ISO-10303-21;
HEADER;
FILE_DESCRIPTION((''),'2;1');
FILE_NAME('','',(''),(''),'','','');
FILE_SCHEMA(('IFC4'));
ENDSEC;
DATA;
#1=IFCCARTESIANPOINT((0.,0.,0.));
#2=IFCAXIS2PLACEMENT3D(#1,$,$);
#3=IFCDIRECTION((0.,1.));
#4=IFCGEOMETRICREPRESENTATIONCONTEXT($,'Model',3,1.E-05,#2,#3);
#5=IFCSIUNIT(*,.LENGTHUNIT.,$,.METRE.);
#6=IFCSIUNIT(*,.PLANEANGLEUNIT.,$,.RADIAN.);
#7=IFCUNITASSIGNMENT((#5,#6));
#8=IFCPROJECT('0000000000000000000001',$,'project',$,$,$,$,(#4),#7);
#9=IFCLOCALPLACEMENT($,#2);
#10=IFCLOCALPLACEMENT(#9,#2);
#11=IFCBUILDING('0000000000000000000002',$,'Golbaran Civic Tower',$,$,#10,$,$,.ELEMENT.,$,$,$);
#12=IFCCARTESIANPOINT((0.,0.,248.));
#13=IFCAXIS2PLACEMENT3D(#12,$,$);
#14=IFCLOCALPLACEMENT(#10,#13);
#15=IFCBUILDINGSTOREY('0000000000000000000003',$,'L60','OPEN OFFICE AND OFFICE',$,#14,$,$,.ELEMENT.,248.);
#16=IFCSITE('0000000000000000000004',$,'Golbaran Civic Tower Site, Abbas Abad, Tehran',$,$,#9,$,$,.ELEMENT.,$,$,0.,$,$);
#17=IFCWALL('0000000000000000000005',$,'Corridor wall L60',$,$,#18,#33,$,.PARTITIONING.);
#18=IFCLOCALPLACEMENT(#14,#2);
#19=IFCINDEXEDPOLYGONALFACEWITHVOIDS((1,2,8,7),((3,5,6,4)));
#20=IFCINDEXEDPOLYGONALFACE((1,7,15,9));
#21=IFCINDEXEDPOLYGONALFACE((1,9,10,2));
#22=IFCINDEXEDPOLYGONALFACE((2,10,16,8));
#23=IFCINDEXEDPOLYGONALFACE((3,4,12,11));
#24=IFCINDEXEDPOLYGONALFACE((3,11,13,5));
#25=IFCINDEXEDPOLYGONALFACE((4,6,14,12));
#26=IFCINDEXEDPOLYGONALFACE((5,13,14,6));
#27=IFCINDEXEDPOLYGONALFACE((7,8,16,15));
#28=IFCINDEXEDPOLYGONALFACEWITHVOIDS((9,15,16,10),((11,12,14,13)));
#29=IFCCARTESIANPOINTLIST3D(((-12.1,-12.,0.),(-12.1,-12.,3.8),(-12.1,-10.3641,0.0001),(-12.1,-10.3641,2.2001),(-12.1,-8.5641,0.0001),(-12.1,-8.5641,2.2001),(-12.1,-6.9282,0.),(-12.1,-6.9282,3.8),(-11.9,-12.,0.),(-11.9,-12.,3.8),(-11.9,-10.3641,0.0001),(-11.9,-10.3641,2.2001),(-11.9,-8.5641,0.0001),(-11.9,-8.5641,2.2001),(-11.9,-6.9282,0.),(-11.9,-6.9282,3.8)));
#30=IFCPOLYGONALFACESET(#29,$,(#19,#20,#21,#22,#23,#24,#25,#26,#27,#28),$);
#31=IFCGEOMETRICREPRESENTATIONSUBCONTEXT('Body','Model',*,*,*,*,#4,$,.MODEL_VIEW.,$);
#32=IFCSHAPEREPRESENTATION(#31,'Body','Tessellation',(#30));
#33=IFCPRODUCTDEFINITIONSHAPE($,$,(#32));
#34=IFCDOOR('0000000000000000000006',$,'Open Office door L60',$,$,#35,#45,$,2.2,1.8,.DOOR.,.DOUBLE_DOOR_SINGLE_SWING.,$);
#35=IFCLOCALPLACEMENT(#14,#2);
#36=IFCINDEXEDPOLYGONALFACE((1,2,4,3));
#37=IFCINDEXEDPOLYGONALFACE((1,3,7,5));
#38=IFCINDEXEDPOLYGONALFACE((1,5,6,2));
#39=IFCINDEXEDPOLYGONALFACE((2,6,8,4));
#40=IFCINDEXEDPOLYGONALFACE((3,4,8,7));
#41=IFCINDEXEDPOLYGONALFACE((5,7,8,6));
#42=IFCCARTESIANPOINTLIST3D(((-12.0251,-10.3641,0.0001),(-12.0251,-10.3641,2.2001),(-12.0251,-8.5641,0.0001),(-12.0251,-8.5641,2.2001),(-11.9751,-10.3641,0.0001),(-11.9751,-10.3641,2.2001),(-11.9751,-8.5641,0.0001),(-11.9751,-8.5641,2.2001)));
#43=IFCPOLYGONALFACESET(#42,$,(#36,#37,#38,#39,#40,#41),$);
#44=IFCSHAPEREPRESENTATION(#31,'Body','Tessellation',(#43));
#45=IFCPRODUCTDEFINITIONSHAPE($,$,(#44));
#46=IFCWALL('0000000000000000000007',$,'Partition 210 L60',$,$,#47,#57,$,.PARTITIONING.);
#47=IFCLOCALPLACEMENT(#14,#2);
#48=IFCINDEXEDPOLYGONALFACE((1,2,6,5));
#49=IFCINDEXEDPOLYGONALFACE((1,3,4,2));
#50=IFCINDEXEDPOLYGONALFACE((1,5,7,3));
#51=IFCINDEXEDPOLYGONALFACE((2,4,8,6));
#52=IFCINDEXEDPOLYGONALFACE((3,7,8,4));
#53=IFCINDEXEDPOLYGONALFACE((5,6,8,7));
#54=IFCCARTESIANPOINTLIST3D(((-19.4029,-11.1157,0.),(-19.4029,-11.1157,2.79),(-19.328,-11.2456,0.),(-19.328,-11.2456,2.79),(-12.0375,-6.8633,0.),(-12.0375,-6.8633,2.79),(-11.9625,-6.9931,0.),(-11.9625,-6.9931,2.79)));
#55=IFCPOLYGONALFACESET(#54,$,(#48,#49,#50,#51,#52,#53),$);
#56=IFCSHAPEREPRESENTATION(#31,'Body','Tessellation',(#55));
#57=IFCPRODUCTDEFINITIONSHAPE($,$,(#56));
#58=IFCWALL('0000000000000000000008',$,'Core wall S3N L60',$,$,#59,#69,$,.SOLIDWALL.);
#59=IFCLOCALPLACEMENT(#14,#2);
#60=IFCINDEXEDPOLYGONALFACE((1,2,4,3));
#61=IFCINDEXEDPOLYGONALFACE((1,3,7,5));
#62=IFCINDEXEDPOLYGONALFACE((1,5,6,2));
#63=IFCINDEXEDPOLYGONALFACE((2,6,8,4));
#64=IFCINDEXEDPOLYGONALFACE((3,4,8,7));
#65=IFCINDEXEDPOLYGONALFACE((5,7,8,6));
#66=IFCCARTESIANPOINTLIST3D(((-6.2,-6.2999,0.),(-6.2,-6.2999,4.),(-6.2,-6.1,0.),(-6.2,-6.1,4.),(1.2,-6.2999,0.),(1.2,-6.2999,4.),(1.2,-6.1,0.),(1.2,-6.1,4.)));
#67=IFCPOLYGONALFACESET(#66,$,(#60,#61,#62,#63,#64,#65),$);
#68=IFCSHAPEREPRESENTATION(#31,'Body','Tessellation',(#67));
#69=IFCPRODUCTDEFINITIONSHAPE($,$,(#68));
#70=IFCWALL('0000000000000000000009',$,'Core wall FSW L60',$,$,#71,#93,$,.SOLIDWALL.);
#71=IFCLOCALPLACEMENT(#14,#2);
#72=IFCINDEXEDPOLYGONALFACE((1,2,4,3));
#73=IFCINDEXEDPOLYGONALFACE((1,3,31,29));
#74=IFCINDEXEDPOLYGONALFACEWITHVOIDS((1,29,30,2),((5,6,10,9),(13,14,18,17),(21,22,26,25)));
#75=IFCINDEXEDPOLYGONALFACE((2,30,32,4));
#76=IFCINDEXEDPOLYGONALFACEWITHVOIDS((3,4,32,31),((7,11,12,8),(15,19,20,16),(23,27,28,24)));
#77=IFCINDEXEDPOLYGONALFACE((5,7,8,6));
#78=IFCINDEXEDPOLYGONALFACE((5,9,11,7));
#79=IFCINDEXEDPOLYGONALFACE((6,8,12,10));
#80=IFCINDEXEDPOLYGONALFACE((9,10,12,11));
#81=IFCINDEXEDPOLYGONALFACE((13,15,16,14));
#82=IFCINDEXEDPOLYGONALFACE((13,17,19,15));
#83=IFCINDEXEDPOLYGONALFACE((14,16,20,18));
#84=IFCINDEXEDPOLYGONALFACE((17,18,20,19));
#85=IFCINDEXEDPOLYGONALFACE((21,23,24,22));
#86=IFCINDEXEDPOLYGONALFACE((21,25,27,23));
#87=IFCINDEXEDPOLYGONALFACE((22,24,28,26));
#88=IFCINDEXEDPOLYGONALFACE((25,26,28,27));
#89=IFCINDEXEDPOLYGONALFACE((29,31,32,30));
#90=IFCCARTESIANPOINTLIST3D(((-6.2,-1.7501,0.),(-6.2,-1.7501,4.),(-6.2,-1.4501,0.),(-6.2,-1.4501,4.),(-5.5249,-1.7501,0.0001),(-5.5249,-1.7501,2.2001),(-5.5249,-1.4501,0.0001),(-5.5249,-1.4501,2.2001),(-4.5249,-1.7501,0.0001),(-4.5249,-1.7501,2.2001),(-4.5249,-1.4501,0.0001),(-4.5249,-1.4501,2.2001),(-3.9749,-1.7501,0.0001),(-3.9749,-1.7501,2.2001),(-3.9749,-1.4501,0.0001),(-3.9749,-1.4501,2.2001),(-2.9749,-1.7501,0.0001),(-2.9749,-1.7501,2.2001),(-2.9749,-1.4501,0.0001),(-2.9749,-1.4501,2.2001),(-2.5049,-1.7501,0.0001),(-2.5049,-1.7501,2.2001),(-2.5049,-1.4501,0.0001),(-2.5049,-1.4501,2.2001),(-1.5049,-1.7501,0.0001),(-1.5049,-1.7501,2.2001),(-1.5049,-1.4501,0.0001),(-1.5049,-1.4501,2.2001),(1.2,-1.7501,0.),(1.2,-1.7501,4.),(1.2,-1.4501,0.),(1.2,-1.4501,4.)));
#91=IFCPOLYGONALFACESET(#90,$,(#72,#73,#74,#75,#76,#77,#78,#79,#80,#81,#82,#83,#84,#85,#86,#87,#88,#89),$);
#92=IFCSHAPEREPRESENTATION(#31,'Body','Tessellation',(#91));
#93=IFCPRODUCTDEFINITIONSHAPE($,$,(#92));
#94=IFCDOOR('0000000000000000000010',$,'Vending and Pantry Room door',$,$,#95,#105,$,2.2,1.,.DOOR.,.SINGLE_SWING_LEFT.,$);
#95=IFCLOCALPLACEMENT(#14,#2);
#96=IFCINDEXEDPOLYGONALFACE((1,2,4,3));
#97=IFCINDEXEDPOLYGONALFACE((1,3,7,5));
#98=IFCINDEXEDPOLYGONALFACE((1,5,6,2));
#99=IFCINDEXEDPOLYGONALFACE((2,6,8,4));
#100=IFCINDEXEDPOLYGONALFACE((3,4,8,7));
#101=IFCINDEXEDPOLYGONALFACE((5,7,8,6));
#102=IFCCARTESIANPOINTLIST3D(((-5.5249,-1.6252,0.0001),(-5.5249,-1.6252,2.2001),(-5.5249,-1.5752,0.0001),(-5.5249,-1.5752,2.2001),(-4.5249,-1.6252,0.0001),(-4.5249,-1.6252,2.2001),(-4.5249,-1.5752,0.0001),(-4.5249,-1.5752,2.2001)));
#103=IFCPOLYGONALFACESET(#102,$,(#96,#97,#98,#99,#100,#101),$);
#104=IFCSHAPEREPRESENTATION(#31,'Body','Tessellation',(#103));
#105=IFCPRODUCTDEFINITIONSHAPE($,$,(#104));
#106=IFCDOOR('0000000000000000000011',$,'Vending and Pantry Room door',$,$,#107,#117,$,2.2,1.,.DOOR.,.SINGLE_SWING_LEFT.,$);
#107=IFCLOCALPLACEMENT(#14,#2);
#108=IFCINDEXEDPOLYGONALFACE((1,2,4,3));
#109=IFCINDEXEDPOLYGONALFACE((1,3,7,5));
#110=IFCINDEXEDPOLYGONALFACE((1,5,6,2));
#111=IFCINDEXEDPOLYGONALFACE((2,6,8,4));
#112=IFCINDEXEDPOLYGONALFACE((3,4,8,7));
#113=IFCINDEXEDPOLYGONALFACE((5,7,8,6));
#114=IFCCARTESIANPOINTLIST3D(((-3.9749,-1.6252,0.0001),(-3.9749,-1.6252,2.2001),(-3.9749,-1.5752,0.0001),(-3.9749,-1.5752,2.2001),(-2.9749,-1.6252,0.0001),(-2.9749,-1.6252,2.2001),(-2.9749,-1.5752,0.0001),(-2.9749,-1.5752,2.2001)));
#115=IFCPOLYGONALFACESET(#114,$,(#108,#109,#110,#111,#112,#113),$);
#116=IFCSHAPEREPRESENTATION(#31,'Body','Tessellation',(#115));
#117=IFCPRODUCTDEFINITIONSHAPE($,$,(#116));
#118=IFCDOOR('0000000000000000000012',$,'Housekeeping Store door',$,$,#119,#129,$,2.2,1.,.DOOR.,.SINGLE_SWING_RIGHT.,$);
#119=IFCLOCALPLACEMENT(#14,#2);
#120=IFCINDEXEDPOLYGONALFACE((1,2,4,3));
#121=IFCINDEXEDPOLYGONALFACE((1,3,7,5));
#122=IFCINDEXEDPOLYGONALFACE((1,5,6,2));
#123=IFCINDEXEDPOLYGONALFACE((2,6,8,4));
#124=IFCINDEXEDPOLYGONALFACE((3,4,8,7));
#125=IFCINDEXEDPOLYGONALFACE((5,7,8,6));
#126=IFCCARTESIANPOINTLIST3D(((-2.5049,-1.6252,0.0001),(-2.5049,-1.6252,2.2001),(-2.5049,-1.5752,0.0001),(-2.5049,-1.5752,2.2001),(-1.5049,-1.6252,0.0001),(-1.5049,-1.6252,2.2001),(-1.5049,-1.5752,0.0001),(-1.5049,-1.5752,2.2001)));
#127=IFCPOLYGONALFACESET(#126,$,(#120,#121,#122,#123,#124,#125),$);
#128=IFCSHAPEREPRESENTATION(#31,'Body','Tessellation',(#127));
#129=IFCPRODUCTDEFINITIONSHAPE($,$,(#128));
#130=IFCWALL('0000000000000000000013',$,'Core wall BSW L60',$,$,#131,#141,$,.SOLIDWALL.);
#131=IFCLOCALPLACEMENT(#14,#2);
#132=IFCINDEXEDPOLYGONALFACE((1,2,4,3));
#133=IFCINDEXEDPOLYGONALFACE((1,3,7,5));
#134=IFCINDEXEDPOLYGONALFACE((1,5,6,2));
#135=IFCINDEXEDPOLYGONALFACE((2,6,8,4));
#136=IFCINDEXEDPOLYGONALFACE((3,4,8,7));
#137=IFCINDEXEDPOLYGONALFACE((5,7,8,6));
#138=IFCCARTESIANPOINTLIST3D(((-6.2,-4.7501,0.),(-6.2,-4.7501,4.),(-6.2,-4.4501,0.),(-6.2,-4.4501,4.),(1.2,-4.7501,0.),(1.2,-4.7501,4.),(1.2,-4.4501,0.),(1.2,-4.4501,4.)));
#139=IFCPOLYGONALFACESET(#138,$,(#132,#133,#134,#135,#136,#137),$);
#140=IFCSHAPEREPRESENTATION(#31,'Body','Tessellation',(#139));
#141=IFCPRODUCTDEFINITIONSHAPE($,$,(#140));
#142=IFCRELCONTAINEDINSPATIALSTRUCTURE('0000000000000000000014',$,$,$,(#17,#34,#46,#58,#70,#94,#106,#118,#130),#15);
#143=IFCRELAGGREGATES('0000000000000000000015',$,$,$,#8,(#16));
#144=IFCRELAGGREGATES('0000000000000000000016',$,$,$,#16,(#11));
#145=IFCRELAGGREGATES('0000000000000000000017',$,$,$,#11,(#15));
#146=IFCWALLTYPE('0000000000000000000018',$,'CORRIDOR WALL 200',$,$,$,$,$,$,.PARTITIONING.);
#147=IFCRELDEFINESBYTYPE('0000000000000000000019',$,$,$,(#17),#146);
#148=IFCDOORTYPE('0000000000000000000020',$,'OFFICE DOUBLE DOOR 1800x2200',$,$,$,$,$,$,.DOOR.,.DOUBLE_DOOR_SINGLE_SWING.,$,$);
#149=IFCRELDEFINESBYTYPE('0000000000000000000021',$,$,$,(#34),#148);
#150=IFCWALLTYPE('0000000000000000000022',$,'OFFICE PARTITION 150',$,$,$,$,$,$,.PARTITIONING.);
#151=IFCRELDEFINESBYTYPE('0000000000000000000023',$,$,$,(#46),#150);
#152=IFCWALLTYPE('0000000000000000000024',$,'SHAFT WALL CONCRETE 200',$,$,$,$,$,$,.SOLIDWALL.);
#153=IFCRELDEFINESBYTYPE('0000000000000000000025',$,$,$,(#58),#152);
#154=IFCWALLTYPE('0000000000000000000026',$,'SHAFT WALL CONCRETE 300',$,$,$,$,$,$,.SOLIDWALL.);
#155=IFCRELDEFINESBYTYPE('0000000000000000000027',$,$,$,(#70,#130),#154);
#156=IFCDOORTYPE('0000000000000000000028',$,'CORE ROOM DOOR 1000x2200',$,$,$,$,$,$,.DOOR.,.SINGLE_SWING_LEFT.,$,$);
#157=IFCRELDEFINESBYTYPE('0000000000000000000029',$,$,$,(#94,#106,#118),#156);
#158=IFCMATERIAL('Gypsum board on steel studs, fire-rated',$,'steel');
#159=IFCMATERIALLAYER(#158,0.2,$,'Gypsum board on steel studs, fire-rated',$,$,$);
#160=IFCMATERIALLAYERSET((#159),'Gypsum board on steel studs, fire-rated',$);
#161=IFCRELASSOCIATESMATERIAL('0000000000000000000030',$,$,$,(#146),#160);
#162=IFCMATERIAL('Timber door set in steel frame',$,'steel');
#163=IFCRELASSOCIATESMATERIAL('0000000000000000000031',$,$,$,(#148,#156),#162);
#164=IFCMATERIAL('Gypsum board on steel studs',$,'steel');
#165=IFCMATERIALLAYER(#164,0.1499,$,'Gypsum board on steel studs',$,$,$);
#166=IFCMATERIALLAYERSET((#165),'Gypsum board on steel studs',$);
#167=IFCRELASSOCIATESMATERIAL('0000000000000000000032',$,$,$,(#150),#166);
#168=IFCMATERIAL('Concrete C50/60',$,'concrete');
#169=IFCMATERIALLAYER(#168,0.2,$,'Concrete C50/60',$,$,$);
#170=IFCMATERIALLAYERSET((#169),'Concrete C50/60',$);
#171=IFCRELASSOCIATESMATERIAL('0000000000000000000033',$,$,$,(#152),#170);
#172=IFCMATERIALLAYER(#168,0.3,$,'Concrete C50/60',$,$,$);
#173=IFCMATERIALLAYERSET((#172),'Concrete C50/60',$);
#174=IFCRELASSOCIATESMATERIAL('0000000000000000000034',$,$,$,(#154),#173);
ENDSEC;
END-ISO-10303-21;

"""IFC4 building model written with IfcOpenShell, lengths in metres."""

from ifc_helpers import new_model, si_unit, direction, frame, frame_2d, origin, place, context, subcontext, project, spatial, rectangle, extrude, material, layer, layer_set, type_object, element, fill, save


model = new_model("IFC4")

# Units and contexts
model_context = context("Model", 3, precision=1e-05, world=origin(), true_north=direction((0.0, 1.0)))
body_context = subcontext(model_context, "Body", "Model", "MODEL_VIEW")
ifc_project = project(units=[si_unit("LENGTHUNIT", "METRE"), si_unit("PLANEANGLEUNIT", "RADIAN")], contexts=[model_context])

# Site, building, storey
site_placement = place(None, origin())
site = spatial("IfcSite", under=ifc_project, at=site_placement, Name="Golbaran Civic Tower Site, Abbas Abad, Tehran", CompositionType="ELEMENT", RefElevation=0.0)
building_placement = place(site_placement, origin())
building = spatial("IfcBuilding", under=site, at=building_placement, Name="Golbaran Civic Tower", CompositionType="ELEMENT")
storey_placement = place(building_placement, frame((0.0, 0.0, 248.0)))
storey = spatial("IfcBuildingStorey", under=building, at=storey_placement, Name="L60", Description="OPEN OFFICE AND OFFICE", CompositionType="ELEMENT", Elevation=248.0)

# Wall, opening, door
ifc_material_1 = material(Name="Gypsum board on steel studs, fire-rated", Category="steel")
ifc_layer_1 = layer(ifc_material_1, 0.2, Name="Gypsum board on steel studs, fire-rated")
ifc_layer_set_1 = layer_set([ifc_layer_1], Name="Gypsum board on steel studs, fire-rated")
wall_type_1 = type_object("IfcWallType", Name="CORRIDOR WALL 200", PredefinedType="PARTITIONING", material=ifc_layer_set_1)
wall_1_placement = place(storey_placement, frame((-12.0, -6.9282, 0.0), z_axis=(0.0, 0.0, 1.0), x_axis=(0.0, -1.0, 0.0)))
wall_1 = element("IfcWall", 1, at=wall_1_placement, inside=storey, type_object=wall_type_1, Name="Corridor wall L60", PredefinedType="PARTITIONING", context=body_context, shape_type="SweptSolid", body=[
    extrude(rectangle(XDim=5.0718, YDim=0.2, at=frame_2d((2.5359, 0.0))), origin(), (0.0, 0.0, 1.0), 3.8),
])
opening_1_placement = place(wall_1_placement, frame((1.636, 0.0, 0.0)))
opening_1 = element("IfcOpeningElement", 2, at=opening_1_placement, cuts=wall_1, PredefinedType="OPENING", context=body_context, shape_type="SweptSolid", body=[
    extrude(rectangle(XDim=1.8, YDim=2.2, at=frame_2d((0.8999, 1.1001))), frame((0.0, 0.1099, 0.0), z_axis=(0.0, -1.0, 0.0), x_axis=(1.0, 0.0, 0.0)), (0.0, 0.0, 1.0), 0.22),
])
ifc_material_2 = material(Name="Timber door set in steel frame", Category="steel")
door_type_1 = type_object("IfcDoorType", Name="OFFICE DOUBLE DOOR 1800x2200", OperationType="DOUBLE_DOOR_SINGLE_SWING", PredefinedType="DOOR", material=ifc_material_2)
door_1_placement = place(opening_1_placement, origin())
door_1 = element("IfcDoor", 3, at=door_1_placement, inside=storey, type_object=door_type_1, Name="Open Office door L60", OperationType="DOUBLE_DOOR_SINGLE_SWING", OverallHeight=2.2, OverallWidth=1.8, PredefinedType="DOOR", context=body_context, shape_type="SweptSolid", body=[
    extrude(rectangle(XDim=1.8, YDim=2.2, at=frame_2d((0.8999, 1.1001))), frame((0.0, 0.0249, 0.0), z_axis=(0.0, -1.0, 0.0), x_axis=(1.0, 0.0, 0.0)), (0.0, 0.0, 1.0), 0.05),
])
fill(opening_1, door_1)

# Walls
ifc_material_3 = material(Name="Gypsum board on steel studs", Category="steel")
ifc_layer_2 = layer(ifc_material_3, 0.1499, Name="Gypsum board on steel studs")
ifc_layer_set_2 = layer_set([ifc_layer_2], Name="Gypsum board on steel studs")
wall_type_2 = type_object("IfcWallType", Name="OFFICE PARTITION 150", PredefinedType="PARTITIONING", material=ifc_layer_set_2)
wall_2_placement = place(storey_placement, frame((-12.0, -6.9282, 0.0), z_axis=(0.0, 0.0, 1.0), x_axis=(-0.866026, -0.499998, 0.0)))
element("IfcWall", 4, at=wall_2_placement, inside=storey, type_object=wall_type_2, Name="Partition 210 L60", PredefinedType="PARTITIONING", context=body_context, shape_type="SweptSolid", body=[
    extrude(rectangle(XDim=8.5049, YDim=0.1499, at=frame_2d((4.2524, 0.0))), origin(), (0.0, 0.0, 1.0), 2.79),
])
ifc_material_4 = material(Name="Concrete C50/60", Category="concrete")
ifc_layer_3 = layer(ifc_material_4, 0.2, Name="Concrete C50/60")
ifc_layer_set_3 = layer_set([ifc_layer_3], Name="Concrete C50/60")
wall_type_3 = type_object("IfcWallType", Name="SHAFT WALL CONCRETE 200", PredefinedType="SOLIDWALL", material=ifc_layer_set_3)
wall_3_placement = place(storey_placement, frame((-6.2, -6.2, 0.0), z_axis=(0.0, 0.0, 1.0), x_axis=(1.0, 0.0, 0.0)))
element("IfcWall", 5, at=wall_3_placement, inside=storey, type_object=wall_type_3, Name="Core wall S3N L60", PredefinedType="SOLIDWALL", context=body_context, shape_type="SweptSolid", body=[
    extrude(rectangle(XDim=7.3999, YDim=0.2, at=frame_2d((3.7, 0.0))), origin(), (0.0, 0.0, 1.0), 4.0),
])

# Wall, openings, doors
ifc_layer_4 = layer(ifc_material_4, 0.3, Name="Concrete C50/60")
ifc_layer_set_4 = layer_set([ifc_layer_4], Name="Concrete C50/60")
wall_type_4 = type_object("IfcWallType", Name="SHAFT WALL CONCRETE 300", PredefinedType="SOLIDWALL", material=ifc_layer_set_4)
wall_4_placement = place(storey_placement, frame((-6.2, -1.6001, 0.0), z_axis=(0.0, 0.0, 1.0), x_axis=(1.0, 0.0, 0.0)))
wall_4 = element("IfcWall", 6, at=wall_4_placement, inside=storey, type_object=wall_type_4, Name="Core wall FSW L60", PredefinedType="SOLIDWALL", context=body_context, shape_type="SweptSolid", body=[
    extrude(rectangle(XDim=7.3999, YDim=0.3, at=frame_2d((3.7, 0.0))), origin(), (0.0, 0.0, 1.0), 4.0),
])
opening_2_placement = place(wall_4_placement, frame((0.675, 0.0, 0.0)))
opening_2 = element("IfcOpeningElement", 7, at=opening_2_placement, cuts=wall_4, PredefinedType="OPENING", context=body_context, shape_type="SweptSolid", body=[
    extrude(rectangle(XDim=1.0, YDim=2.2, at=frame_2d((0.5, 1.1001))), frame((0.0, 0.1599, 0.0), z_axis=(0.0, -1.0, 0.0), x_axis=(1.0, 0.0, 0.0)), (0.0, 0.0, 1.0), 0.3201),
])
opening_3_placement = place(wall_4_placement, frame((2.2251, 0.0, 0.0)))
opening_3 = element("IfcOpeningElement", 8, at=opening_3_placement, cuts=wall_4, PredefinedType="OPENING", context=body_context, shape_type="SweptSolid", body=[
    extrude(rectangle(XDim=1.0, YDim=2.2, at=frame_2d((0.5, 1.1001))), frame((0.0, 0.1599, 0.0), z_axis=(0.0, -1.0, 0.0), x_axis=(1.0, 0.0, 0.0)), (0.0, 0.0, 1.0), 0.3201),
])
opening_4_placement = place(wall_4_placement, frame((3.6951, 0.0, 0.0)))
opening_4 = element("IfcOpeningElement", 9, at=opening_4_placement, cuts=wall_4, PredefinedType="OPENING", context=body_context, shape_type="SweptSolid", body=[
    extrude(rectangle(XDim=1.0, YDim=2.2, at=frame_2d((0.5, 1.1001))), frame((0.0, 0.1599, 0.0), z_axis=(0.0, -1.0, 0.0), x_axis=(1.0, 0.0, 0.0)), (0.0, 0.0, 1.0), 0.3201),
])
door_type_2 = type_object("IfcDoorType", Name="CORE ROOM DOOR 1000x2200", OperationType="SINGLE_SWING_LEFT", PredefinedType="DOOR", material=ifc_material_2)
door_2_placement = place(opening_2_placement, origin())
door_2 = element("IfcDoor", 10, at=door_2_placement, inside=storey, type_object=door_type_2, Name="Vending and Pantry Room door", OperationType="SINGLE_SWING_LEFT", OverallHeight=2.2, OverallWidth=1.0, PredefinedType="DOOR", context=body_context, shape_type="SweptSolid", body=[
    extrude(rectangle(XDim=1.0, YDim=2.2, at=frame_2d((0.5, 1.1001))), frame((0.0, 0.0249, 0.0), z_axis=(0.0, -1.0, 0.0), x_axis=(1.0, 0.0, 0.0)), (0.0, 0.0, 1.0), 0.05),
])
fill(opening_2, door_2)
door_3_placement = place(opening_3_placement, origin())
door_3 = element("IfcDoor", 11, at=door_3_placement, inside=storey, type_object=door_type_2, Name="Vending and Pantry Room door", OperationType="SINGLE_SWING_LEFT", OverallHeight=2.2, OverallWidth=1.0, PredefinedType="DOOR", context=body_context, shape_type="SweptSolid", body=[
    extrude(rectangle(XDim=1.0, YDim=2.2, at=frame_2d((0.5, 1.1001))), frame((0.0, 0.0249, 0.0), z_axis=(0.0, -1.0, 0.0), x_axis=(1.0, 0.0, 0.0)), (0.0, 0.0, 1.0), 0.05),
])
fill(opening_3, door_3)
door_4_placement = place(opening_4_placement, origin())
door_4 = element("IfcDoor", 12, at=door_4_placement, inside=storey, type_object=door_type_2, Name="Housekeeping Store door", OperationType="SINGLE_SWING_RIGHT", OverallHeight=2.2, OverallWidth=1.0, PredefinedType="DOOR", context=body_context, shape_type="SweptSolid", body=[
    extrude(rectangle(XDim=1.0, YDim=2.2, at=frame_2d((0.5, 1.1001))), frame((0.0, 0.0249, 0.0), z_axis=(0.0, -1.0, 0.0), x_axis=(1.0, 0.0, 0.0)), (0.0, 0.0, 1.0), 0.05),
])
fill(opening_4, door_4)

# Wall
wall_5_placement = place(storey_placement, frame((-6.2, -4.6001, 0.0), z_axis=(0.0, 0.0, 1.0), x_axis=(1.0, 0.0, 0.0)))
element("IfcWall", 13, at=wall_5_placement, inside=storey, type_object=wall_type_4, Name="Core wall BSW L60", PredefinedType="SOLIDWALL", context=body_context, shape_type="SweptSolid", body=[
    extrude(rectangle(XDim=7.3999, YDim=0.3, at=frame_2d((3.7, 0.0))), origin(), (0.0, 0.0, 1.0), 4.0),
])

save(model, "model.ifc")
